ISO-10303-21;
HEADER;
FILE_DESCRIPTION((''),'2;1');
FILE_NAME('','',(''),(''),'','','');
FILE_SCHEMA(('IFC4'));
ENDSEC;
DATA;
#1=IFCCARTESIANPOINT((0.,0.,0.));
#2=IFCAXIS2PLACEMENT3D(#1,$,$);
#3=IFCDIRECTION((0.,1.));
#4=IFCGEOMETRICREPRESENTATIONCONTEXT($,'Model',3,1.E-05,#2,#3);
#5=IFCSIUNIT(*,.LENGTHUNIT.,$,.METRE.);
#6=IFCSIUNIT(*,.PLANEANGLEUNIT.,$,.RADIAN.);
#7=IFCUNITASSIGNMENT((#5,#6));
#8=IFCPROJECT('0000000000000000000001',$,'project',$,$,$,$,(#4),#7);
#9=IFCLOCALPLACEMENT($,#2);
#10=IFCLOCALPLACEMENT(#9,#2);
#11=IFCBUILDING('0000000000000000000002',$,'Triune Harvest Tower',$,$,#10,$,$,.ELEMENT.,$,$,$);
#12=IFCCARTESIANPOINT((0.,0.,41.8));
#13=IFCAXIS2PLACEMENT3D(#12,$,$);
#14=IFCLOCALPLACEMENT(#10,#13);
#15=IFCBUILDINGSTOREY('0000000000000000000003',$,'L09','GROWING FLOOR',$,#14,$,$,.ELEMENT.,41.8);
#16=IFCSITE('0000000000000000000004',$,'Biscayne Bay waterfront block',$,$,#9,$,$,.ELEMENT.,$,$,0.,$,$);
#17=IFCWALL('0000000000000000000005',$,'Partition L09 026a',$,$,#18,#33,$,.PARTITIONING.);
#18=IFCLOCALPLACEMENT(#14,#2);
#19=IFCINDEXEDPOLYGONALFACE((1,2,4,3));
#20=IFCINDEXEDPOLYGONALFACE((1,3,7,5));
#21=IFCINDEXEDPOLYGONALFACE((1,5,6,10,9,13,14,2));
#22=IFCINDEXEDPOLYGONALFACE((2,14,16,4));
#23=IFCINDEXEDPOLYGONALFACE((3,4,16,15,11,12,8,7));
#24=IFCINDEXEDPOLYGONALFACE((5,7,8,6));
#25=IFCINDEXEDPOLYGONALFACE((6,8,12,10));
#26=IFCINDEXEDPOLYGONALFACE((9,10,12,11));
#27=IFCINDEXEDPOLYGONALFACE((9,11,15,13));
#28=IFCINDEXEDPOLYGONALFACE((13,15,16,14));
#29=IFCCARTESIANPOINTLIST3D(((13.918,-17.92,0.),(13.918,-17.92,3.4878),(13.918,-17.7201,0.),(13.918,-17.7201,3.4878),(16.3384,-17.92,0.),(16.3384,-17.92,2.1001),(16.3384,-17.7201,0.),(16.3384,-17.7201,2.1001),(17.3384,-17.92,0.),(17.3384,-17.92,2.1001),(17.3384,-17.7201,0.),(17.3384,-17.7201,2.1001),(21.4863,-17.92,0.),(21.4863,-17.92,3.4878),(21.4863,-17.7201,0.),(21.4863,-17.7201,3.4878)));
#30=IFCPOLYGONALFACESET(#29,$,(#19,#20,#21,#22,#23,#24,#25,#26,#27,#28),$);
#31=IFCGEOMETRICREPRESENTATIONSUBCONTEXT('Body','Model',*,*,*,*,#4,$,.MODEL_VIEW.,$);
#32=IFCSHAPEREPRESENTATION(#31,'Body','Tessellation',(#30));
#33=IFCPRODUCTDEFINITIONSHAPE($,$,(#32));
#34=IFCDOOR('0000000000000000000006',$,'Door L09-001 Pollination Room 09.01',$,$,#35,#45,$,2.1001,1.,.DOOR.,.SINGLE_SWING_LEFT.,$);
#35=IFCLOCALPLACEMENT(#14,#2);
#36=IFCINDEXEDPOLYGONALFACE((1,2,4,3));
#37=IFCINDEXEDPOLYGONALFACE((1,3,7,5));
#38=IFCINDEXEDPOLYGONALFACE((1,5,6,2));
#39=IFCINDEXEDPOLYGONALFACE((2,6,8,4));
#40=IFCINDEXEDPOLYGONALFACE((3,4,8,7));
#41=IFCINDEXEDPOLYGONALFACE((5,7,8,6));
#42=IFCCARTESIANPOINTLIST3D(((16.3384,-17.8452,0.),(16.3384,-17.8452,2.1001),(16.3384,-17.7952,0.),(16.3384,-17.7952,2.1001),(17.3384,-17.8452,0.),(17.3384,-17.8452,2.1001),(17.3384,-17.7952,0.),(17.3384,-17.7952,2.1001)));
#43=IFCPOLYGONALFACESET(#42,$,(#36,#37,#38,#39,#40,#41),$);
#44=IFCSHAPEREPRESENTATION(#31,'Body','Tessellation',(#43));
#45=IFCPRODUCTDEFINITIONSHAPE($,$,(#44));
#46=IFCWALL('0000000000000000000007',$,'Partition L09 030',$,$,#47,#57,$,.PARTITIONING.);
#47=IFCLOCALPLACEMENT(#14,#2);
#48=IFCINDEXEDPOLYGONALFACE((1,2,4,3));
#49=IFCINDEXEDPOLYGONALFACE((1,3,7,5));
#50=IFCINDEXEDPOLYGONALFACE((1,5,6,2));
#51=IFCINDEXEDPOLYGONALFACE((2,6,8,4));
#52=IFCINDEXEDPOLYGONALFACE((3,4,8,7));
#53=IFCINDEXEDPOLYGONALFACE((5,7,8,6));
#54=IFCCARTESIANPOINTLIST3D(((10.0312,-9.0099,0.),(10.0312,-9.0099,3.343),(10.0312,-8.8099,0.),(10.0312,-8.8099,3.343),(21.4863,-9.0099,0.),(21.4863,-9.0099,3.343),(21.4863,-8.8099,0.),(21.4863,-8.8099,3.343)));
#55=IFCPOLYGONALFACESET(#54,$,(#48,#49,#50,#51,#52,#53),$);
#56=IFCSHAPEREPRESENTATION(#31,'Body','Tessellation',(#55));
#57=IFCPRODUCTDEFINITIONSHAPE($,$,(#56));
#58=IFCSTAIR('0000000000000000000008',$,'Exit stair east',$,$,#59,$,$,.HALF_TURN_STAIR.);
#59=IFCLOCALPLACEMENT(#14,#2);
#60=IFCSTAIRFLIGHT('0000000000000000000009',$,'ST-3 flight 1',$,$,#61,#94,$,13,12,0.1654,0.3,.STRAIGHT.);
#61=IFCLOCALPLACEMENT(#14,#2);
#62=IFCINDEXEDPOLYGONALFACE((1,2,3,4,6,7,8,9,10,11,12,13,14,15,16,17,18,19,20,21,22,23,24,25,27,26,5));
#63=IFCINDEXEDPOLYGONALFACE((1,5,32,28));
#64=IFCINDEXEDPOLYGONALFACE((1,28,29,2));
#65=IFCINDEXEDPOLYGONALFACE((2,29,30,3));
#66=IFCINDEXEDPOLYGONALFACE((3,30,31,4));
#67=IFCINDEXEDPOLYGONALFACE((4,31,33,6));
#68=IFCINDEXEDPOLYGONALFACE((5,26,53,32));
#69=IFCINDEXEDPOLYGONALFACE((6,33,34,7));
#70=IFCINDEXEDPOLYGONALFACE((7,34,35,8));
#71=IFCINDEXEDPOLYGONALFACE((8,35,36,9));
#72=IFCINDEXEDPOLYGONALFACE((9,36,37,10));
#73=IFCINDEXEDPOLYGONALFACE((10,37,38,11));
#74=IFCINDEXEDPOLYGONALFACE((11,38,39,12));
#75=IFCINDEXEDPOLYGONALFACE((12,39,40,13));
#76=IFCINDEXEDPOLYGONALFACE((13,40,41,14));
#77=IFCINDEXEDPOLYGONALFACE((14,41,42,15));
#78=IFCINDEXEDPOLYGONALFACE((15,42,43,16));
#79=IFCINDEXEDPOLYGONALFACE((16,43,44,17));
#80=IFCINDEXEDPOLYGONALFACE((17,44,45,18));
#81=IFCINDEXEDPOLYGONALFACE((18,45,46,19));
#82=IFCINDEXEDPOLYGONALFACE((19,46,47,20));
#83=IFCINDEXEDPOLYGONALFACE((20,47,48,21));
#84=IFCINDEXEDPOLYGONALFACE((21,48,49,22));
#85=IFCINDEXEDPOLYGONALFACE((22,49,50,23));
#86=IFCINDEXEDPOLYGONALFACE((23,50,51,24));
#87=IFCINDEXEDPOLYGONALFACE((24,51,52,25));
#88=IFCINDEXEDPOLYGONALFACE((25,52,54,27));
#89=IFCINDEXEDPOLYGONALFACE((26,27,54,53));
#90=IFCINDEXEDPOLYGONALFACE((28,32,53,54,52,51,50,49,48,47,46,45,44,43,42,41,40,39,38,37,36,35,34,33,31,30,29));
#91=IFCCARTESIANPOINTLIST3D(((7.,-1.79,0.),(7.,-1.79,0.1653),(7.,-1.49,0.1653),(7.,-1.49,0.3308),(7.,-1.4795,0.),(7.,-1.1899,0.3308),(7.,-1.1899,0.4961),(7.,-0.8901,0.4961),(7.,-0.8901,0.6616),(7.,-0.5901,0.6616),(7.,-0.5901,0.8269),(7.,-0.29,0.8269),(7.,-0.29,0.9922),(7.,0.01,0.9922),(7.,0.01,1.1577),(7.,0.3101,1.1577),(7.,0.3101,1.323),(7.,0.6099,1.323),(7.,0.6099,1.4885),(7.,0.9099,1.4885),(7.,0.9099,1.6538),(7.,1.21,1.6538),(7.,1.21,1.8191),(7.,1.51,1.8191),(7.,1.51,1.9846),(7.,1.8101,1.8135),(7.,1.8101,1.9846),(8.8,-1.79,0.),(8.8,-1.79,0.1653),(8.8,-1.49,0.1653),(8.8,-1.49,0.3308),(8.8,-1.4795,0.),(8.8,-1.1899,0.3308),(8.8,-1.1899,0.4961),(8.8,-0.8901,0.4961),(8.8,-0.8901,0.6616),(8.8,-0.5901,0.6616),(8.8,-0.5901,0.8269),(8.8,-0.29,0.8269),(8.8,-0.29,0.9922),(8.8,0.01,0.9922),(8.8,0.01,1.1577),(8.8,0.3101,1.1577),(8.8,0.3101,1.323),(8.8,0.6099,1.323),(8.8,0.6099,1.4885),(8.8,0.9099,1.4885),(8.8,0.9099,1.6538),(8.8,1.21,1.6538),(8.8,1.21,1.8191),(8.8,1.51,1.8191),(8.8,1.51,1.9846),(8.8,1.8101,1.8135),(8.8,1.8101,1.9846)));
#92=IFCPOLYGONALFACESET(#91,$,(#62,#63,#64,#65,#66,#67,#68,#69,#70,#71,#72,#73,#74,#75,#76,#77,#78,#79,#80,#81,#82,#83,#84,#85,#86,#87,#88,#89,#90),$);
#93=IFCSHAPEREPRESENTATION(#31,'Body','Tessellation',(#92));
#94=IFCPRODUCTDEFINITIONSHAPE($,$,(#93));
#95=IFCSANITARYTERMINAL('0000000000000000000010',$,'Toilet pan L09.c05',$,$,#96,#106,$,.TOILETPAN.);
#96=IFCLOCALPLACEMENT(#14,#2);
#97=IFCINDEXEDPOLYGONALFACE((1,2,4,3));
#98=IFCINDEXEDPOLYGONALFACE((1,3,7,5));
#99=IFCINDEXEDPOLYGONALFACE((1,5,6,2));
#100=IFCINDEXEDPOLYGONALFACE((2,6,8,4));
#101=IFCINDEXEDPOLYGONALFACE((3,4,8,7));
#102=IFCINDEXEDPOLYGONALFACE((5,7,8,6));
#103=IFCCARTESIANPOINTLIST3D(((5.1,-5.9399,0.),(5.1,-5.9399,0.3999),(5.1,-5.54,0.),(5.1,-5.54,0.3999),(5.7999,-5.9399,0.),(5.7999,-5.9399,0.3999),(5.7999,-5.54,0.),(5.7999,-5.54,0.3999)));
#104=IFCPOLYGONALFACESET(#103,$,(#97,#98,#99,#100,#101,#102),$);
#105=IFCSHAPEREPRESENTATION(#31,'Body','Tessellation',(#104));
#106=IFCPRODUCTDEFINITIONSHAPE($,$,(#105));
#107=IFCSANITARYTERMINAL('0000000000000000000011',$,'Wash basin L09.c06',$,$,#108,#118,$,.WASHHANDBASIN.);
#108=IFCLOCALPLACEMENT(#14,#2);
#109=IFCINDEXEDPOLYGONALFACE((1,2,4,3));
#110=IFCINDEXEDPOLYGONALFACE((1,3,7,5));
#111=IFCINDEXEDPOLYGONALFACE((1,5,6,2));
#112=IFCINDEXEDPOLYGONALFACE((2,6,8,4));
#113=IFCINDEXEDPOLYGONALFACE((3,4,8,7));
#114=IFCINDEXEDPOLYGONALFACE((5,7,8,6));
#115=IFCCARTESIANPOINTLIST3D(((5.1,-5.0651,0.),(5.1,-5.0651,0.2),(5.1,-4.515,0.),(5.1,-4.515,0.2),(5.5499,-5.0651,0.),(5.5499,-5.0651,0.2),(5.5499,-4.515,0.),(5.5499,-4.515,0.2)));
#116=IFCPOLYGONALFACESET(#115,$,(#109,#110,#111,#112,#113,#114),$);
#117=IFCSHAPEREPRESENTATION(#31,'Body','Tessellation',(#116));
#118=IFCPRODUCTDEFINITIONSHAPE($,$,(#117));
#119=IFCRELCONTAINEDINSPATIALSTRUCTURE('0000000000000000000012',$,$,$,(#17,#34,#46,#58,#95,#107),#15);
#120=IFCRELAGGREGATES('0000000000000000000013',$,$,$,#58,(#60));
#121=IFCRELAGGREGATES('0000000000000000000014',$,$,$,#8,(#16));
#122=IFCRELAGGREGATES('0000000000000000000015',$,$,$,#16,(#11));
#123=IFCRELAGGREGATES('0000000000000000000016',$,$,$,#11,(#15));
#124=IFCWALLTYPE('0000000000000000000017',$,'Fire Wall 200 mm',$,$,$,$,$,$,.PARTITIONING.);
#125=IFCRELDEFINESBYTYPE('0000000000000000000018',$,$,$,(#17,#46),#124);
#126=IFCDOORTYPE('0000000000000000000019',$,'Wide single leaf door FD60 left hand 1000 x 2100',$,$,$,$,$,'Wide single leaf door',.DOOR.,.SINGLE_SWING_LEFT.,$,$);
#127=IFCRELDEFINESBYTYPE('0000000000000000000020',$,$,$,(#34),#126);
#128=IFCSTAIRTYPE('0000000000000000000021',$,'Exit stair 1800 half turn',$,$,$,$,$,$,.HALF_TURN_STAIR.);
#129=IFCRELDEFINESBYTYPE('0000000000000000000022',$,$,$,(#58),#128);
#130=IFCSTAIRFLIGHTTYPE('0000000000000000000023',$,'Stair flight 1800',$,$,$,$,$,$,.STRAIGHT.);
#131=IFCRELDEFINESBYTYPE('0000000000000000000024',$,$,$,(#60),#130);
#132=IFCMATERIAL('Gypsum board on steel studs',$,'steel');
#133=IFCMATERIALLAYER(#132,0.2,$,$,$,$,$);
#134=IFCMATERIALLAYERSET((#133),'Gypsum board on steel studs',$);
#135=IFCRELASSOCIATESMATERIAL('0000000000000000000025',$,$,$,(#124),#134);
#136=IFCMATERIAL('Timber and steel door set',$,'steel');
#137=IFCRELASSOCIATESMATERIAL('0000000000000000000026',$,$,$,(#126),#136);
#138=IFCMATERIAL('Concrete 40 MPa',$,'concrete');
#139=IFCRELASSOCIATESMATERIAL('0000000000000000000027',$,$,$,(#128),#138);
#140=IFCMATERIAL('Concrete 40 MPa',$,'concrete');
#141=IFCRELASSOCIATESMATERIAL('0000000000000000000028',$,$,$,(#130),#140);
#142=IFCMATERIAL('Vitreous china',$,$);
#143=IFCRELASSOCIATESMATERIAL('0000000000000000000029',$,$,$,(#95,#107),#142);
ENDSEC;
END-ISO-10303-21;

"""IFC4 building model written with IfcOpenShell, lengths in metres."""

from ifc_helpers import new_model, si_unit, direction, frame, frame_2d, origin, origin_2d, place, context, subcontext, project, spatial, polyline, rectangle, outline, extrude, source, transform, mapped, material, layer, layer_set, type_object, element, fill, aggregate, save


model = new_model("IFC4")

# Units and contexts
model_context = context("Model", 3, precision=1e-05, world=origin(), true_north=direction((0.0, 1.0)))
body_context = subcontext(model_context, "Body", "Model", "MODEL_VIEW")
ifc_project = project(units=[si_unit("LENGTHUNIT", "METRE"), si_unit("PLANEANGLEUNIT", "RADIAN")], contexts=[model_context])

# Site, building, storey
site_placement = place(None, origin())
site = spatial("IfcSite", under=ifc_project, at=site_placement, Name="Biscayne Bay waterfront block", CompositionType="ELEMENT", RefElevation=0.0)
building_placement = place(site_placement, origin())
building = spatial("IfcBuilding", under=site, at=building_placement, Name="Triune Harvest Tower", CompositionType="ELEMENT")
storey_placement = place(building_placement, frame((0.0, 0.0, 41.8)))
storey = spatial("IfcBuildingStorey", under=building, at=storey_placement, Name="L09", Description="GROWING FLOOR", CompositionType="ELEMENT", Elevation=41.8)

# Shared definitions
ifc_material_1 = material(Name="Gypsum board on steel studs", Category="steel")
ifc_layer_1 = layer(ifc_material_1, 0.2)
ifc_layer_set_1 = layer_set([ifc_layer_1], Name="Gypsum board on steel studs")
wall_type_1 = type_object("IfcWallType", Name="Fire Wall 200 mm", PredefinedType="PARTITIONING", material=ifc_layer_set_1)

# Wall, opening, door
shared_shape_1 = source(origin(), body_context, "Body", "SweptSolid", [
    extrude(rectangle(XDim=7.5684, YDim=0.2, at=frame_2d((3.7842, 0.0))), origin(), (0.0, 0.0, 1.0), 3.4878),
])
wall_1_placement = place(storey_placement, frame((13.918, -17.8201, 0.0), z_axis=(0.0, 0.0, 1.0), x_axis=(1.0, 0.0, 0.0)))
wall_1 = element("IfcWall", 1, at=wall_1_placement, inside=storey, type_object=wall_type_1, Name="Partition L09 026a", PredefinedType="PARTITIONING", context=body_context, shape_type="MappedRepresentation", body=[
    mapped(shared_shape_1, transform((0.0, 0.0, 0.0), scale=1.0)),
])
opening_1_placement = place(wall_1_placement, frame((2.4204, 0.0, 0.0)))
opening_1 = element("IfcOpeningElement", 2, at=opening_1_placement, cuts=wall_1, PredefinedType="OPENING", context=body_context, shape_type="SweptSolid", body=[
    extrude(rectangle(XDim=1.0, YDim=2.1001, at=frame_2d((0.5, 1.05))), frame((0.0, 0.1099, 0.0), z_axis=(0.0, -1.0, 0.0), x_axis=(1.0, 0.0, 0.0)), (0.0, 0.0, 1.0), 0.22),
])
ifc_material_2 = material(Name="Timber and steel door set", Category="steel")
door_type_1 = type_object("IfcDoorType", Name="Wide single leaf door FD60 left hand 1000 x 2100", ElementType="Wide single leaf door", OperationType="SINGLE_SWING_LEFT", PredefinedType="DOOR", material=ifc_material_2)
door_1_placement = place(opening_1_placement, origin())
door_1 = element("IfcDoor", 3, at=door_1_placement, inside=storey, type_object=door_type_1, Name="Door L09-001 Pollination Room 09.01", OperationType="SINGLE_SWING_LEFT", OverallHeight=2.1001, OverallWidth=1.0, PredefinedType="DOOR", context=body_context, shape_type="SweptSolid", body=[
    extrude(rectangle(XDim=1.0, YDim=2.1001, at=frame_2d((0.5, 1.05))), frame((0.0, 0.0249, 0.0), z_axis=(0.0, -1.0, 0.0), x_axis=(1.0, 0.0, 0.0)), (0.0, 0.0, 1.0), 0.05),
])
fill(opening_1, door_1)

# Wall
shared_shape_2 = source(origin(), body_context, "Body", "SweptSolid", [
    extrude(rectangle(XDim=11.4551, YDim=0.2, at=frame_2d((5.7275, 0.0))), origin(), (0.0, 0.0, 1.0), 3.343),
])
wall_2_placement = place(storey_placement, frame((10.0312, -8.9099, 0.0), z_axis=(0.0, 0.0, 1.0), x_axis=(1.0, 0.0, 0.0)))
element("IfcWall", 4, at=wall_2_placement, inside=storey, type_object=wall_type_1, Name="Partition L09 030", PredefinedType="PARTITIONING", context=body_context, shape_type="MappedRepresentation", body=[
    mapped(shared_shape_2, transform((0.0, 0.0, 0.0), scale=1.0)),
])

# Stair, stair flight
ifc_material_3 = material(Name="Concrete 40 MPa", Category="concrete")
stair_type = type_object("IfcStairType", Name="Exit stair 1800 half turn", PredefinedType="HALF_TURN_STAIR", material=ifc_material_3)
stair_placement = place(storey_placement, origin())
stair = element("IfcStair", 5, at=stair_placement, inside=storey, type_object=stair_type, Name="Exit stair east", PredefinedType="HALF_TURN_STAIR")
ifc_material_4 = material(Name="Concrete 40 MPa", Category="concrete")
stair_flight_type = type_object("IfcStairFlightType", Name="Stair flight 1800", PredefinedType="STRAIGHT", material=ifc_material_4)
shared_shape_3 = source(origin(), body_context, "Body", "SweptSolid", [
    extrude(outline(polyline([(0.0, 0.0), (0.0, 0.1653), (0.3, 0.1653), (0.3, 0.3308), (0.6001, 0.3308), (0.6001, 0.4961), (0.8999, 0.4961), (0.8999, 0.6616), (1.2, 0.6616), (1.2, 0.8269), (1.5, 0.8269), (1.5, 0.9922), (1.8, 0.9922), (1.8, 1.1577), (2.1001, 1.1577), (2.1001, 1.323), (2.3999, 1.323), (2.3999, 1.4885), (2.7, 1.4885), (2.7, 1.6538), (3.0, 1.6538), (3.0, 1.8191), (3.3, 1.8191), (3.3, 1.9846), (3.6001, 1.9846), (3.6001, 2.1499), (3.6001, 1.8135), (0.3105, 0.0), (0.0, 0.0)])), frame((0.0, 0.8999, 0.0), z_axis=(0.0, -1.0, 0.0), x_axis=(1.0, 0.0, 0.0)), (0.0, 0.0, 1.0), 1.8),
])
stair_flight_placement = place(storey_placement, frame((7.8999, -1.79, 0.0), z_axis=(0.0, 0.0, 1.0), x_axis=(0.0, 1.0, 0.0)))
stair_flight = element("IfcStairFlight", 6, at=stair_flight_placement, type_object=stair_flight_type, Name="ST-3 flight 1", NumberOfRisers=13, NumberOfTreads=12, PredefinedType="STRAIGHT", RiserHeight=0.1654, TreadLength=0.3, context=body_context, shape_type="MappedRepresentation", body=[
    mapped(shared_shape_3, transform((0.0, 0.0, 0.0), scale=1.0)),
])
aggregate(stair, [stair_flight])

# Sanitary terminals
ifc_material_5 = material(Name="Vitreous china")
shared_shape_4 = source(origin(), body_context, "Body", "SweptSolid", [
    extrude(rectangle(XDim=0.3999, YDim=0.7, at=origin_2d()), origin(), (0.0, 0.0, 1.0), 0.3999),
])
sanitary_terminal_1_placement = place(storey_placement, frame((5.45, -5.74, 0.0), z_axis=(0.0, 0.0, 1.0), x_axis=(0.0, 1.0, 0.0)))
element("IfcSanitaryTerminal", 7, at=sanitary_terminal_1_placement, inside=storey, material=ifc_material_5, Name="Toilet pan L09.c05", PredefinedType="TOILETPAN", context=body_context, shape_type="MappedRepresentation", body=[
    mapped(shared_shape_4, transform((0.0, 0.0, 0.0), scale=1.0)),
])
shared_shape_5 = source(origin(), body_context, "Body", "SweptSolid", [
    extrude(rectangle(XDim=0.55, YDim=0.45, at=origin_2d()), origin(), (0.0, 0.0, 1.0), 0.2),
])
sanitary_terminal_2_placement = place(storey_placement, frame((5.325, -4.79, 0.0), z_axis=(0.0, 0.0, 1.0), x_axis=(0.0, 1.0, 0.0)))
element("IfcSanitaryTerminal", 8, at=sanitary_terminal_2_placement, inside=storey, material=ifc_material_5, Name="Wash basin L09.c06", PredefinedType="WASHHANDBASIN", context=body_context, shape_type="MappedRepresentation", body=[
    mapped(shared_shape_5, transform((0.0, 0.0, 0.0), scale=1.0)),
])

save(model, "model.ifc")
